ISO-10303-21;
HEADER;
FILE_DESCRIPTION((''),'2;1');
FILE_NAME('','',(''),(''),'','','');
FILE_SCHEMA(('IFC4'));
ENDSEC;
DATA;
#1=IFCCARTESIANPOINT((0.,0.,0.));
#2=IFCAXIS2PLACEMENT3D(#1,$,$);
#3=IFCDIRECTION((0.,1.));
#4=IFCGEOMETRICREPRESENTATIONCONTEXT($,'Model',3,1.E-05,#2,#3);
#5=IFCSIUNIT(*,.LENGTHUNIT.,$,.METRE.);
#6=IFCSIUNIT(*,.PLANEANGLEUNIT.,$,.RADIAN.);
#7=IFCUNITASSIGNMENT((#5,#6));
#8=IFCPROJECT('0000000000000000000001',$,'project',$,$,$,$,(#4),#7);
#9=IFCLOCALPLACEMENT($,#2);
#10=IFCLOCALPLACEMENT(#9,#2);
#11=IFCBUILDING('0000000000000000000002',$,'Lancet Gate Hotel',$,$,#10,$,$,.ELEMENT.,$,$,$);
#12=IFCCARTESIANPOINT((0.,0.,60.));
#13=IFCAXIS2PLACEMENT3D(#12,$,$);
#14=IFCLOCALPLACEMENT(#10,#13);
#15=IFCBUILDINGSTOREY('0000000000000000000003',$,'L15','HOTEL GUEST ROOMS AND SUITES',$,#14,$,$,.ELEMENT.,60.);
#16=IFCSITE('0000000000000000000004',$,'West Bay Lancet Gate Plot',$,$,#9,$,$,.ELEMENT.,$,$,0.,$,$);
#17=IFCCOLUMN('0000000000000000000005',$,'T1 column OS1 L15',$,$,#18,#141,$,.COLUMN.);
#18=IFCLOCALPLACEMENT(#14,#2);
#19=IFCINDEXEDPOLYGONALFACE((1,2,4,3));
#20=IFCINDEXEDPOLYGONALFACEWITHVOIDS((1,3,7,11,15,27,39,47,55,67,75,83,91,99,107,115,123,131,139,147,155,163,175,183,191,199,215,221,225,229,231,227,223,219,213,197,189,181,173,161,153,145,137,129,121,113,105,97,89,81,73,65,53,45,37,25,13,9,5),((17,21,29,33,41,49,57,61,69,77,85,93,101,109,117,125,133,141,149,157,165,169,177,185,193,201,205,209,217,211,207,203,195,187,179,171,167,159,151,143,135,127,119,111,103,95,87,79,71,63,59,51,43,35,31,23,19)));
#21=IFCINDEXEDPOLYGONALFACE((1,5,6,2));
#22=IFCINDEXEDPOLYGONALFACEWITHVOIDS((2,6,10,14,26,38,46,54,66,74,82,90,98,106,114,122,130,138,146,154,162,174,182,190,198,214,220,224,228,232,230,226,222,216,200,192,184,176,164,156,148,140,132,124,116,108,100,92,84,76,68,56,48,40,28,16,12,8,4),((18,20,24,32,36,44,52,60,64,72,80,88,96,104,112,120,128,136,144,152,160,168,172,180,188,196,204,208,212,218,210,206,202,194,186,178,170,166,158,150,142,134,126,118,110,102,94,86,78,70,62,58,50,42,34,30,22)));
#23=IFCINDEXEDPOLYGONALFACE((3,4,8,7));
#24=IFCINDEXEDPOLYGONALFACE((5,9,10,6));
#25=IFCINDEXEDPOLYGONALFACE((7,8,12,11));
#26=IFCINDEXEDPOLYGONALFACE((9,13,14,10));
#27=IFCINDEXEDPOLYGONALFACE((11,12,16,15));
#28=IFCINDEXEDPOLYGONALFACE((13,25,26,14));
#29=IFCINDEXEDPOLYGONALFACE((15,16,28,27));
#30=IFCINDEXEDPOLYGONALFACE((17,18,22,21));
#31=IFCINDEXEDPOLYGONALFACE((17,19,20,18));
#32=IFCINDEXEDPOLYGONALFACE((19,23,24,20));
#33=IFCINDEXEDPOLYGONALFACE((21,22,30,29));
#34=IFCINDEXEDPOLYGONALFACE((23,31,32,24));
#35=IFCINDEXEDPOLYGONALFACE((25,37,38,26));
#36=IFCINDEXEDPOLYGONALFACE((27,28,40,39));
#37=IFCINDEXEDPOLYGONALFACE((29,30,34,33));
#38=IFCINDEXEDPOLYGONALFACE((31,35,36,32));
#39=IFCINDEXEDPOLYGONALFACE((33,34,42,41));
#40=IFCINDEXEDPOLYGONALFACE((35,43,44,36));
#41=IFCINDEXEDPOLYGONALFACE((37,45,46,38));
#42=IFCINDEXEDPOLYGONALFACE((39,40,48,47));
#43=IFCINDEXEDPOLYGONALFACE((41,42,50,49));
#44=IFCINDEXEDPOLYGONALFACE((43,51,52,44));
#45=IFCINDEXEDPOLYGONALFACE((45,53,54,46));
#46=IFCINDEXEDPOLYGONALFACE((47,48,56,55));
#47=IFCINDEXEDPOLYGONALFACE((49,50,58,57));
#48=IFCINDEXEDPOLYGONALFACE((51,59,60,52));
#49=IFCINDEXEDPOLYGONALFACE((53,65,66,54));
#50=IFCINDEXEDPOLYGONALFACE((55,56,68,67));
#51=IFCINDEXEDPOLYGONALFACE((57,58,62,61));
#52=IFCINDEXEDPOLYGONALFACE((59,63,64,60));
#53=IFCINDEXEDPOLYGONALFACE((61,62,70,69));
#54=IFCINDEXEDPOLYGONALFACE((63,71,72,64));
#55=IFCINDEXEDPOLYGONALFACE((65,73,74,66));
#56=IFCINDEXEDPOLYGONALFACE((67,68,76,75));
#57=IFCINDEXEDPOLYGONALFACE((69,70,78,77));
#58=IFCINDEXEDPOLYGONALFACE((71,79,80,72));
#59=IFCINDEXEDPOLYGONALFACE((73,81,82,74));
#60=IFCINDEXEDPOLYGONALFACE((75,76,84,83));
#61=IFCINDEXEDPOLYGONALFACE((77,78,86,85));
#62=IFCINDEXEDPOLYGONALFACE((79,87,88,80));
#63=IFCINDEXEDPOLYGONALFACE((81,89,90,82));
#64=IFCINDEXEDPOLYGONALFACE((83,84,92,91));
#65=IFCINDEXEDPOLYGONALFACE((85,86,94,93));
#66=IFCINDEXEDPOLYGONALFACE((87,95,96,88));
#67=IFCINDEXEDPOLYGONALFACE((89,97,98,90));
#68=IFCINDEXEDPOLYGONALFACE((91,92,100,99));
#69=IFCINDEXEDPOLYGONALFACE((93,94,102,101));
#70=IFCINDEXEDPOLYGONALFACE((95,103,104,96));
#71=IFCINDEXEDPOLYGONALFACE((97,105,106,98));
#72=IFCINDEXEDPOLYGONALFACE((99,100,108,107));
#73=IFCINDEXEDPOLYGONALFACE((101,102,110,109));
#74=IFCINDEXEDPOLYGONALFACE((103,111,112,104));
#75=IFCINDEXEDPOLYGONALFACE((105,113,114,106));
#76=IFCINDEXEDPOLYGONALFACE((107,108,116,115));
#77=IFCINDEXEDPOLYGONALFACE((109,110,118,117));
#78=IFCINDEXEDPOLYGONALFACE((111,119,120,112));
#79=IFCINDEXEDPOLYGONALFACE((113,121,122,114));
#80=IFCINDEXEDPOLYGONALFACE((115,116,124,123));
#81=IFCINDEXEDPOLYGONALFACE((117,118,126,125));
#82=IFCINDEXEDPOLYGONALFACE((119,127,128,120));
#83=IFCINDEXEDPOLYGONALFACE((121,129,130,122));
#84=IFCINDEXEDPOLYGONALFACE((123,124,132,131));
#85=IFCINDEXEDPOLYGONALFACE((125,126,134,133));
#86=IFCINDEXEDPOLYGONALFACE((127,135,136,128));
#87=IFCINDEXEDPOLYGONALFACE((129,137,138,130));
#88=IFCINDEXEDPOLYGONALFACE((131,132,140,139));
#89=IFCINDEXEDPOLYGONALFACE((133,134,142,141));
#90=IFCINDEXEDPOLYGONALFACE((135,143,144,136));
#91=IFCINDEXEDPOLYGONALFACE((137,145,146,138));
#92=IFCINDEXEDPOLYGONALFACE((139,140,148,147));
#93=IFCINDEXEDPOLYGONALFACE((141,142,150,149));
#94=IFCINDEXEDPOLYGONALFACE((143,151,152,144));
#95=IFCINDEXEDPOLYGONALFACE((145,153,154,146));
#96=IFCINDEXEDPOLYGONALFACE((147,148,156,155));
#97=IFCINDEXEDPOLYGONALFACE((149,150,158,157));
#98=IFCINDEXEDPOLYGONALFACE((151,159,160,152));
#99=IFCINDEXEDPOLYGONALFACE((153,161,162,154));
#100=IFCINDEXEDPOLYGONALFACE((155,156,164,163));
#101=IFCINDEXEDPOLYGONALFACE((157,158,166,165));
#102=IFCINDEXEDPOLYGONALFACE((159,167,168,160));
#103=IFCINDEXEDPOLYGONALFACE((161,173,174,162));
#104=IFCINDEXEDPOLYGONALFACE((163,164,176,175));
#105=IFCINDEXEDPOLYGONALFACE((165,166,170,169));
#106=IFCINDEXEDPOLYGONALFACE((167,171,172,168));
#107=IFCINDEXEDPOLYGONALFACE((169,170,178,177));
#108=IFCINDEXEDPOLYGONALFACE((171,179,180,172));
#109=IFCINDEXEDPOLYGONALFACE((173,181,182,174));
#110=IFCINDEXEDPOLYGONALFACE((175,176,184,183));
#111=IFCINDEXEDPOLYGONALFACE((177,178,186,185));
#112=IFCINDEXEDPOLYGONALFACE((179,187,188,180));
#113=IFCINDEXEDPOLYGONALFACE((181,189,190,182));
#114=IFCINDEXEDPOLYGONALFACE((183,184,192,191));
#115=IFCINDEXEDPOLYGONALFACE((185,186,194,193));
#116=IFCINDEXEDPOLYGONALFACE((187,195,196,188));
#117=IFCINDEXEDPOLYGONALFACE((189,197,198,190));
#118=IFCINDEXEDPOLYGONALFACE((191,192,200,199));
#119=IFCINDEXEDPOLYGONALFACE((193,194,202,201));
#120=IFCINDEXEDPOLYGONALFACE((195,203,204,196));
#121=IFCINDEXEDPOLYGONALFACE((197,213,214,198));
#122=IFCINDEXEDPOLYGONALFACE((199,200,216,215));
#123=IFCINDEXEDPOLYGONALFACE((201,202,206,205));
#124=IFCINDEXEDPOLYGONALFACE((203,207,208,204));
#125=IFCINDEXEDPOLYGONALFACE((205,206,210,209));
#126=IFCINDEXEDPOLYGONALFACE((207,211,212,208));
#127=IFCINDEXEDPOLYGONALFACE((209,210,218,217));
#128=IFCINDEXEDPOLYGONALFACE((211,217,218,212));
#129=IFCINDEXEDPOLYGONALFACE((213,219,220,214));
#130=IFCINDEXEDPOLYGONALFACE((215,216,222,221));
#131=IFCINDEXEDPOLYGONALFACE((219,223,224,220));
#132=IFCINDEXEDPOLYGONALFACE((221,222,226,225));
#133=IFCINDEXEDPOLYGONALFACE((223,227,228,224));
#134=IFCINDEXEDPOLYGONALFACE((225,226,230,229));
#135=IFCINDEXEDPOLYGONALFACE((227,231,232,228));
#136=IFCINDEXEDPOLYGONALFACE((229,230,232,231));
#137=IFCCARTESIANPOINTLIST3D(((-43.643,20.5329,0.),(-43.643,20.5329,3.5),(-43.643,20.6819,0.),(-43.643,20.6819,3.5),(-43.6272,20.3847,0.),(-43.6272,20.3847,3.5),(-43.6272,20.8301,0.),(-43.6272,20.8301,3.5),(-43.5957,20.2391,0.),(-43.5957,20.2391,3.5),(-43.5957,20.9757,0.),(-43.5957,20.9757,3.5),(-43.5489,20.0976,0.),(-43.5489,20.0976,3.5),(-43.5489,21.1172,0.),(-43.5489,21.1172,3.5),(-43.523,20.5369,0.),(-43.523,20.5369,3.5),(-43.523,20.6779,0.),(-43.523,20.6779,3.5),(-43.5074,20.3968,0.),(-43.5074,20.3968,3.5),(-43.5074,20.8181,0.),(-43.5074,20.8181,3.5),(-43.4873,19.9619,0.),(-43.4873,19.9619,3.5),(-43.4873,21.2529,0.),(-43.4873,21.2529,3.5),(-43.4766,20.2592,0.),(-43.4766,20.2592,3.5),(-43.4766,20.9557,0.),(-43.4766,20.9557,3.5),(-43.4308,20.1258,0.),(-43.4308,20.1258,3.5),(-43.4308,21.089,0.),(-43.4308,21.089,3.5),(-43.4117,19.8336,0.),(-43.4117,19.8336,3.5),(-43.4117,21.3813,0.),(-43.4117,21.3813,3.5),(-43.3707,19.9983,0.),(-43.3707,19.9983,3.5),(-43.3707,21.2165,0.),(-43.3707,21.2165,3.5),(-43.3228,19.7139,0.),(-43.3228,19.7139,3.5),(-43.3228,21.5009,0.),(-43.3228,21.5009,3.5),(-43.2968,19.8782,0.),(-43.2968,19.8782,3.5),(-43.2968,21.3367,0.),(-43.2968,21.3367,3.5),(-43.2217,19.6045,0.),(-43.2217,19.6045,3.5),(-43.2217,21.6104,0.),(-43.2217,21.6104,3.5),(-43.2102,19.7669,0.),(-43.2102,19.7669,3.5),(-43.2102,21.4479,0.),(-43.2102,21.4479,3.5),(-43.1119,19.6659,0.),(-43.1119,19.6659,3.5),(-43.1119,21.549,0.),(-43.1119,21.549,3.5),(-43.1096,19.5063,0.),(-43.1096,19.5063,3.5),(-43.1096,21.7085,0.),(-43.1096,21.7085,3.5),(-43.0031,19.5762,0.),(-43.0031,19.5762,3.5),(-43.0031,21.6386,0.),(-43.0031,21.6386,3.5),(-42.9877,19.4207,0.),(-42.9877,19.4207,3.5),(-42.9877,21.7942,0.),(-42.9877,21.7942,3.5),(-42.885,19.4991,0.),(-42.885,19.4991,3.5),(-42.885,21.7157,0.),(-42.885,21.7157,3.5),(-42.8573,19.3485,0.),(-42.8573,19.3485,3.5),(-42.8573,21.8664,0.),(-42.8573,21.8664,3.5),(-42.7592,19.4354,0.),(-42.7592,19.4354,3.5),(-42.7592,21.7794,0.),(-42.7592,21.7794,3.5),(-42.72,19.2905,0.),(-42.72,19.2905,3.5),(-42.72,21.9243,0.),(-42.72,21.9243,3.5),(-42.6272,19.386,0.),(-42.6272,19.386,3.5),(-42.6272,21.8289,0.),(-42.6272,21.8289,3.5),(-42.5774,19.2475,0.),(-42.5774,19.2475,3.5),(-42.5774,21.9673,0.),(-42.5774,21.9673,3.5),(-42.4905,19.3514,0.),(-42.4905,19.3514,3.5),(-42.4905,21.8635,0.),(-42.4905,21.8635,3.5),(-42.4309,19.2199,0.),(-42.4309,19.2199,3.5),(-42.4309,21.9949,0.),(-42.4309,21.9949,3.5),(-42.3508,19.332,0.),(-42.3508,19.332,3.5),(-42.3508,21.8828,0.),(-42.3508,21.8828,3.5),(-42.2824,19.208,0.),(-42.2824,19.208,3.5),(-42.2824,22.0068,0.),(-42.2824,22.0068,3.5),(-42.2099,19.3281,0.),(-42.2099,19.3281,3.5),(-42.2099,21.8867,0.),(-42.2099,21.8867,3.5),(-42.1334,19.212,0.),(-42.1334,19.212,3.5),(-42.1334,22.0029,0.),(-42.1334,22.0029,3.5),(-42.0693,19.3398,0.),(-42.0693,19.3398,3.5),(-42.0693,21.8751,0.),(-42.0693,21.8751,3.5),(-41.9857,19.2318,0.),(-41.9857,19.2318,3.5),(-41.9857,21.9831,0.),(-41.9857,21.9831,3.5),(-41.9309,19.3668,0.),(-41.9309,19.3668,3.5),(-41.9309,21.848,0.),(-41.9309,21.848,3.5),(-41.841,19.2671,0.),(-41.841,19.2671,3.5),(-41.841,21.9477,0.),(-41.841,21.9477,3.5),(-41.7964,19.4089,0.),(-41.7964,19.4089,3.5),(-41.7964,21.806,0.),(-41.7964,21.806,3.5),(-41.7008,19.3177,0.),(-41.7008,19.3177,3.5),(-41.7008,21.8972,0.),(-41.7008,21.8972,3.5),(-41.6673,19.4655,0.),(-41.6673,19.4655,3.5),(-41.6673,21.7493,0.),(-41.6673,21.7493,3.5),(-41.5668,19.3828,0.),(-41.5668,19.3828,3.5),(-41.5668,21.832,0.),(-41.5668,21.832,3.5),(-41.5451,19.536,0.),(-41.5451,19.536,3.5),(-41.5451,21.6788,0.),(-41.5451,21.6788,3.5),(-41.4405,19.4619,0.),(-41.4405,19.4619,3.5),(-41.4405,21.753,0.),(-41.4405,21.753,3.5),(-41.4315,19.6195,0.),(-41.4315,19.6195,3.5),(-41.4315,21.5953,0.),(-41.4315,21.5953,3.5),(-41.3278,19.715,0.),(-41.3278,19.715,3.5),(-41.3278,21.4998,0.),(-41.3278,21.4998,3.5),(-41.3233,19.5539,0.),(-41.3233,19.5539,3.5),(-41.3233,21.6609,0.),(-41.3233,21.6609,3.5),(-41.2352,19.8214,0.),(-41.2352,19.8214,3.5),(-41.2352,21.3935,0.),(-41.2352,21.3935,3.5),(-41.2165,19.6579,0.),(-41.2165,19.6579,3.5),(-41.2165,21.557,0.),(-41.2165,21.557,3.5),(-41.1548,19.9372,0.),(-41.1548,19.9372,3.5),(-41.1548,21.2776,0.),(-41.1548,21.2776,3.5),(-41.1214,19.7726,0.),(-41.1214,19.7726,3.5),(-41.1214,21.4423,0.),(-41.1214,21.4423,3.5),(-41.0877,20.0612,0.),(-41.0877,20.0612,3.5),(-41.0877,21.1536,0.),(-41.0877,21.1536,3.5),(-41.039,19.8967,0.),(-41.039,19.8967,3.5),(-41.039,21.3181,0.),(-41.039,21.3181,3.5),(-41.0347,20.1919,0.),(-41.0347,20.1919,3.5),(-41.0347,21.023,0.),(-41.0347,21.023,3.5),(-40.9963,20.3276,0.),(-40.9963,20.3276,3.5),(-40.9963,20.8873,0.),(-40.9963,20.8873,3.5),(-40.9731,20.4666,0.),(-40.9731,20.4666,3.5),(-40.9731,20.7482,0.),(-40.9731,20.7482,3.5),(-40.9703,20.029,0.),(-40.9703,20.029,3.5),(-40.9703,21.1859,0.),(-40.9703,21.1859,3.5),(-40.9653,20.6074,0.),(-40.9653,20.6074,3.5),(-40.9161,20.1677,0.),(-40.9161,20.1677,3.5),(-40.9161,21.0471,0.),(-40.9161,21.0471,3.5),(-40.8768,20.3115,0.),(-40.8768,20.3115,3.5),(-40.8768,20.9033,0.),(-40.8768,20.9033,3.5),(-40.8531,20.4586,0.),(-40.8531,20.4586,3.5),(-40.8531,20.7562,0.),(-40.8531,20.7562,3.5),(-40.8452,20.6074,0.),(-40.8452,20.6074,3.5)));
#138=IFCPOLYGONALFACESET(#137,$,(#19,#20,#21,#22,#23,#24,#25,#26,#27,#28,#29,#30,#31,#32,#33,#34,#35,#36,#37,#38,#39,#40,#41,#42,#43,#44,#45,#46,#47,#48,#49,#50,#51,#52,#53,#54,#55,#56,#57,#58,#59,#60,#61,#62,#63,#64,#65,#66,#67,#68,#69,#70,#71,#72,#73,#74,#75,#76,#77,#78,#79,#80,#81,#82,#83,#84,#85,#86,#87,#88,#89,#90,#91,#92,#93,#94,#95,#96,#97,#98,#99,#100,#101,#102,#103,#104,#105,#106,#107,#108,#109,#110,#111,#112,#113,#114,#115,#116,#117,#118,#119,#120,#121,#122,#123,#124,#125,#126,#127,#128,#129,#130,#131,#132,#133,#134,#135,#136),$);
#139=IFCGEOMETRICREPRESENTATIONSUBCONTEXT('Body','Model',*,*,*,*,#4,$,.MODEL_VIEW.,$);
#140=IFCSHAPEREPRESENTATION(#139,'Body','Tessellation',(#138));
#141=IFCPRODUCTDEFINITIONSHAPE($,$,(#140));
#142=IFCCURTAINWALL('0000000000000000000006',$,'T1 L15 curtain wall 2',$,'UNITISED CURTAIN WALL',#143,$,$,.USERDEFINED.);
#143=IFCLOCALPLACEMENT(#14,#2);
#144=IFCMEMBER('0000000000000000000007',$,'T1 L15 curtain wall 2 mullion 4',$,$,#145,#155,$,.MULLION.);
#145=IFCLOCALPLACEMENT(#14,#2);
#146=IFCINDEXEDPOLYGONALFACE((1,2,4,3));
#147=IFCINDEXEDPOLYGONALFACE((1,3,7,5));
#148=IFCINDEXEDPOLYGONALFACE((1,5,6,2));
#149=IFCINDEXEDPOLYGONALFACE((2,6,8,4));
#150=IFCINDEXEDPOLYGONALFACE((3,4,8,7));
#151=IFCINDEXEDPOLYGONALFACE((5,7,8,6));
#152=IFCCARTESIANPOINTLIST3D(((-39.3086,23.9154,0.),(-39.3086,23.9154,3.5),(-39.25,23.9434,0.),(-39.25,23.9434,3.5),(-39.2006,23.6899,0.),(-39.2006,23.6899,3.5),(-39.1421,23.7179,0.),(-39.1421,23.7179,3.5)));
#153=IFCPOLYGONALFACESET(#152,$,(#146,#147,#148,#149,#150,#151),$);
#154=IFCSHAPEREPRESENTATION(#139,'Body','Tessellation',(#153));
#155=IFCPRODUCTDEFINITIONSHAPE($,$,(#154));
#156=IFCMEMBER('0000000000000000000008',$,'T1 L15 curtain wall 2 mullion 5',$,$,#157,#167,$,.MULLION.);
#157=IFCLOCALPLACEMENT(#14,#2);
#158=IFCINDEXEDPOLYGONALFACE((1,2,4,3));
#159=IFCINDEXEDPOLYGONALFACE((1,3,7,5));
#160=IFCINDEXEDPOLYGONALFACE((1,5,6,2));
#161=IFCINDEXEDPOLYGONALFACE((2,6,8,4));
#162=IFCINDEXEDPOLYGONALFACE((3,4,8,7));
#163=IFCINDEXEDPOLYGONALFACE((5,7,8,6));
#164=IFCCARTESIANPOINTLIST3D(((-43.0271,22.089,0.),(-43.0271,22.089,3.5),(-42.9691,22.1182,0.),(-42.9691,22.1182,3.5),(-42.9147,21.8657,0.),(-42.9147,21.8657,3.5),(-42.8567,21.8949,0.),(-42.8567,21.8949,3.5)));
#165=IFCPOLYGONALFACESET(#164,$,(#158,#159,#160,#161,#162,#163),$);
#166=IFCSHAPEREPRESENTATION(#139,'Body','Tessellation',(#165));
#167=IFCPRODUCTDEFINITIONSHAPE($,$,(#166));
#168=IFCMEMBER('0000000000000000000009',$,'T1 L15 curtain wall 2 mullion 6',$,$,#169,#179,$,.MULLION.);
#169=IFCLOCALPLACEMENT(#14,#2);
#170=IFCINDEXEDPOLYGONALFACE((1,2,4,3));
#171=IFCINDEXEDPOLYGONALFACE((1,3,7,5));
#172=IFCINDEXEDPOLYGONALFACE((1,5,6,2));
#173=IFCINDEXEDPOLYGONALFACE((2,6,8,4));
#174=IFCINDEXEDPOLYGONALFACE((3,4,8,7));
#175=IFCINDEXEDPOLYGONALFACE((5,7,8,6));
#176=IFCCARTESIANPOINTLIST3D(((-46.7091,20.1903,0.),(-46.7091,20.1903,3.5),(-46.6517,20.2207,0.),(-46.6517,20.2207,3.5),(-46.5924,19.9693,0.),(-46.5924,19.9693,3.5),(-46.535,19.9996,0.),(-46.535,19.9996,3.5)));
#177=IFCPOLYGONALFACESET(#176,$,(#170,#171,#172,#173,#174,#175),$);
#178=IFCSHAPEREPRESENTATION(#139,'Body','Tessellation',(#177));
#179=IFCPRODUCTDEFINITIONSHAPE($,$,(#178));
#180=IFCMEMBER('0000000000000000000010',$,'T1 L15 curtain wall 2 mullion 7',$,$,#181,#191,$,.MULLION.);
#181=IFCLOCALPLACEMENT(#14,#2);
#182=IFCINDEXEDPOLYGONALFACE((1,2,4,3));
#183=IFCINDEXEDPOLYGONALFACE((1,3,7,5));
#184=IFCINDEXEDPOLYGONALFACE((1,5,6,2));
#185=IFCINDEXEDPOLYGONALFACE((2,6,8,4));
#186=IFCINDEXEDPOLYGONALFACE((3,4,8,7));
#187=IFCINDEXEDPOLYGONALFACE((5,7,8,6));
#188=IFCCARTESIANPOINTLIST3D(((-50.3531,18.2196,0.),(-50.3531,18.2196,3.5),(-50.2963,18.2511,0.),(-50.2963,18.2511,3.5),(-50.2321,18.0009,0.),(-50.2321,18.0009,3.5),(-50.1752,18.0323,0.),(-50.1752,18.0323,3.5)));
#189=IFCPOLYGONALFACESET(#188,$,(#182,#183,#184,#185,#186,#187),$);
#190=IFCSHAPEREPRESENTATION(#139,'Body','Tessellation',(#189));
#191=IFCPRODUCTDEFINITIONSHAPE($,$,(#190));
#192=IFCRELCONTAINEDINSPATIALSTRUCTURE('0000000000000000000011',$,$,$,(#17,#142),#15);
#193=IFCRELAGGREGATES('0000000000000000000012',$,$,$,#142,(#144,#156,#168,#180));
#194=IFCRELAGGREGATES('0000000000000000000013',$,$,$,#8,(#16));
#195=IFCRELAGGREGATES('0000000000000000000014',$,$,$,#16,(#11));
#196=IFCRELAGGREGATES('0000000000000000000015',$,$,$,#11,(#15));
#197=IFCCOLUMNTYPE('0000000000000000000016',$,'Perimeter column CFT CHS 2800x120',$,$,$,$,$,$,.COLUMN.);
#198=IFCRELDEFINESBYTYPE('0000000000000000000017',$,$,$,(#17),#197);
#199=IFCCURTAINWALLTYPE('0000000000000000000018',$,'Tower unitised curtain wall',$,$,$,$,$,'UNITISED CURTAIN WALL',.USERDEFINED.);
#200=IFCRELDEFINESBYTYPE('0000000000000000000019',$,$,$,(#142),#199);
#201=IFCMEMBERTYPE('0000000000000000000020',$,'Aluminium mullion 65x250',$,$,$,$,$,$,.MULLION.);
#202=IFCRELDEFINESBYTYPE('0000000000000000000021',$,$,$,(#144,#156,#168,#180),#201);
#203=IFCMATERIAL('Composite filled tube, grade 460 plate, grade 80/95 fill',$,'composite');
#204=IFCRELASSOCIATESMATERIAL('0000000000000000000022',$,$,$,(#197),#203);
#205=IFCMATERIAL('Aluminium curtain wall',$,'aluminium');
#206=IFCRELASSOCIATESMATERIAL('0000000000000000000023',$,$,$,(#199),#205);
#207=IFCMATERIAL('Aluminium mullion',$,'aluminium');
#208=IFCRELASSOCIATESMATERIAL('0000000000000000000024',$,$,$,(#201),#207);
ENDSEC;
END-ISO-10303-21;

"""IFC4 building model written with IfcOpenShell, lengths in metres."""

from ifc_helpers import new_model, si_unit, direction, frame, origin, origin_2d, place, context, subcontext, project, spatial, rectangle, hollow_circle, extrude, material, material_profile, profile_set, type_object, element, aggregate, save


model = new_model("IFC4")

# Units and contexts
model_context = context("Model", 3, precision=1e-05, world=origin(), true_north=direction((0.0, 1.0)))
body_context = subcontext(model_context, "Body", "Model", "MODEL_VIEW")
ifc_project = project(units=[si_unit("LENGTHUNIT", "METRE"), si_unit("PLANEANGLEUNIT", "RADIAN")], contexts=[model_context])

# Site, building, storey
site_placement = place(None, origin())
site = spatial("IfcSite", under=ifc_project, at=site_placement, Name="West Bay Lancet Gate Plot", CompositionType="ELEMENT", RefElevation=0.0)
building_placement = place(site_placement, origin())
building = spatial("IfcBuilding", under=site, at=building_placement, Name="Lancet Gate Hotel", CompositionType="ELEMENT")
storey_placement = place(building_placement, frame((0.0, 0.0, 60.0)))
storey = spatial("IfcBuildingStorey", under=building, at=storey_placement, Name="L15", Description="HOTEL GUEST ROOMS AND SUITES", CompositionType="ELEMENT", Elevation=60.0)

# Column
ifc_material_1 = material(Name="Composite filled tube, grade 460 plate, grade 80/95 fill", Category="composite")
ifc_material_profile_1 = material_profile(ifc_material_1, hollow_circle(Radius=1.3999, WallThickness=0.1201, at=origin_2d()), Name="CHS 2800x120")
ifc_profile_set_1 = profile_set([ifc_material_profile_1], Name="Composite filled tube, grade 460 plate, grade 80/95 fill")
column_type = type_object("IfcColumnType", Name="Perimeter column CFT CHS 2800x120", PredefinedType="COLUMN", material=ifc_profile_set_1)
column_placement = place(storey_placement, frame((-42.2451, 20.6074, 0.0), z_axis=(0.0, 0.0, 1.0), x_axis=(1.0, 0.0, 0.0)))
element("IfcColumn", 1, at=column_placement, inside=storey, type_object=column_type, Name="T1 column OS1 L15", PredefinedType="COLUMN", context=body_context, shape_type="SweptSolid", body=[
    extrude(hollow_circle(Radius=1.3999, WallThickness=0.1201, at=origin_2d()), origin(), (0.0, 0.0, 1.0), 3.5),
])

# Curtain wall, members
ifc_material_2 = material(Name="Aluminium curtain wall", Category="aluminium")
curtain_wall_type = type_object("IfcCurtainWallType", Name="Tower unitised curtain wall", ElementType="UNITISED CURTAIN WALL", PredefinedType="USERDEFINED", material=ifc_material_2)
curtain_wall_placement = place(storey_placement, origin())
curtain_wall = element("IfcCurtainWall", 2, at=curtain_wall_placement, inside=storey, type_object=curtain_wall_type, Name="T1 L15 curtain wall 2", ObjectType="UNITISED CURTAIN WALL", PredefinedType="USERDEFINED")
ifc_material_3 = material(Name="Aluminium mullion", Category="aluminium")
ifc_material_profile_2 = material_profile(ifc_material_3, rectangle(XDim=0.0649, YDim=0.25, at=origin_2d()), Name="MULLION 65x250")
ifc_profile_set_2 = profile_set([ifc_material_profile_2], Name="Aluminium mullion")
member_type_1 = type_object("IfcMemberType", Name="Aluminium mullion 65x250", PredefinedType="MULLION", material=ifc_profile_set_2)
member_1_placement = place(storey_placement, frame((-39.2253, 23.8167, 0.0), z_axis=(0.0, 0.0, 1.0), x_axis=(-0.901929, -0.431885, 0.0)))
member_1 = element("IfcMember", 3, at=member_1_placement, type_object=member_type_1, Name="T1 L15 curtain wall 2 mullion 4", PredefinedType="MULLION", context=body_context, shape_type="SweptSolid", body=[
    extrude(rectangle(XDim=0.0649, YDim=0.25, at=origin_2d()), origin(), (0.0, 0.0, 1.0), 3.5),
])
member_2_placement = place(storey_placement, frame((-42.9419, 21.9919, 0.0), z_axis=(0.0, 0.0, 1.0), x_axis=(-0.893292, -0.449478, 0.0)))
member_2 = element("IfcMember", 4, at=member_2_placement, type_object=member_type_1, Name="T1 L15 curtain wall 2 mullion 5", PredefinedType="MULLION", context=body_context, shape_type="SweptSolid", body=[
    extrude(rectangle(XDim=0.0649, YDim=0.25, at=origin_2d()), origin(), (0.0, 0.0, 1.0), 3.5),
])
member_3_placement = place(storey_placement, frame((-46.6221, 20.095, 0.0), z_axis=(0.0, 0.0, 1.0), x_axis=(-0.884311, -0.466898, 0.0)))
member_3 = element("IfcMember", 5, at=member_3_placement, type_object=member_type_1, Name="T1 L15 curtain wall 2 mullion 6", PredefinedType="MULLION", context=body_context, shape_type="SweptSolid", body=[
    extrude(rectangle(XDim=0.0649, YDim=0.25, at=origin_2d()), origin(), (0.0, 0.0, 1.0), 3.5),
])
member_4_placement = place(storey_placement, frame((-50.2642, 18.126, 0.0), z_axis=(0.0, 0.0, 1.0), x_axis=(-0.874991, -0.484139, 0.0)))
member_4 = element("IfcMember", 6, at=member_4_placement, type_object=member_type_1, Name="T1 L15 curtain wall 2 mullion 7", PredefinedType="MULLION", context=body_context, shape_type="SweptSolid", body=[
    extrude(rectangle(XDim=0.0649, YDim=0.25, at=origin_2d()), origin(), (0.0, 0.0, 1.0), 3.5),
])

aggregate(curtain_wall, [member_1, member_2, member_3, member_4])

save(model, "model.ifc")
